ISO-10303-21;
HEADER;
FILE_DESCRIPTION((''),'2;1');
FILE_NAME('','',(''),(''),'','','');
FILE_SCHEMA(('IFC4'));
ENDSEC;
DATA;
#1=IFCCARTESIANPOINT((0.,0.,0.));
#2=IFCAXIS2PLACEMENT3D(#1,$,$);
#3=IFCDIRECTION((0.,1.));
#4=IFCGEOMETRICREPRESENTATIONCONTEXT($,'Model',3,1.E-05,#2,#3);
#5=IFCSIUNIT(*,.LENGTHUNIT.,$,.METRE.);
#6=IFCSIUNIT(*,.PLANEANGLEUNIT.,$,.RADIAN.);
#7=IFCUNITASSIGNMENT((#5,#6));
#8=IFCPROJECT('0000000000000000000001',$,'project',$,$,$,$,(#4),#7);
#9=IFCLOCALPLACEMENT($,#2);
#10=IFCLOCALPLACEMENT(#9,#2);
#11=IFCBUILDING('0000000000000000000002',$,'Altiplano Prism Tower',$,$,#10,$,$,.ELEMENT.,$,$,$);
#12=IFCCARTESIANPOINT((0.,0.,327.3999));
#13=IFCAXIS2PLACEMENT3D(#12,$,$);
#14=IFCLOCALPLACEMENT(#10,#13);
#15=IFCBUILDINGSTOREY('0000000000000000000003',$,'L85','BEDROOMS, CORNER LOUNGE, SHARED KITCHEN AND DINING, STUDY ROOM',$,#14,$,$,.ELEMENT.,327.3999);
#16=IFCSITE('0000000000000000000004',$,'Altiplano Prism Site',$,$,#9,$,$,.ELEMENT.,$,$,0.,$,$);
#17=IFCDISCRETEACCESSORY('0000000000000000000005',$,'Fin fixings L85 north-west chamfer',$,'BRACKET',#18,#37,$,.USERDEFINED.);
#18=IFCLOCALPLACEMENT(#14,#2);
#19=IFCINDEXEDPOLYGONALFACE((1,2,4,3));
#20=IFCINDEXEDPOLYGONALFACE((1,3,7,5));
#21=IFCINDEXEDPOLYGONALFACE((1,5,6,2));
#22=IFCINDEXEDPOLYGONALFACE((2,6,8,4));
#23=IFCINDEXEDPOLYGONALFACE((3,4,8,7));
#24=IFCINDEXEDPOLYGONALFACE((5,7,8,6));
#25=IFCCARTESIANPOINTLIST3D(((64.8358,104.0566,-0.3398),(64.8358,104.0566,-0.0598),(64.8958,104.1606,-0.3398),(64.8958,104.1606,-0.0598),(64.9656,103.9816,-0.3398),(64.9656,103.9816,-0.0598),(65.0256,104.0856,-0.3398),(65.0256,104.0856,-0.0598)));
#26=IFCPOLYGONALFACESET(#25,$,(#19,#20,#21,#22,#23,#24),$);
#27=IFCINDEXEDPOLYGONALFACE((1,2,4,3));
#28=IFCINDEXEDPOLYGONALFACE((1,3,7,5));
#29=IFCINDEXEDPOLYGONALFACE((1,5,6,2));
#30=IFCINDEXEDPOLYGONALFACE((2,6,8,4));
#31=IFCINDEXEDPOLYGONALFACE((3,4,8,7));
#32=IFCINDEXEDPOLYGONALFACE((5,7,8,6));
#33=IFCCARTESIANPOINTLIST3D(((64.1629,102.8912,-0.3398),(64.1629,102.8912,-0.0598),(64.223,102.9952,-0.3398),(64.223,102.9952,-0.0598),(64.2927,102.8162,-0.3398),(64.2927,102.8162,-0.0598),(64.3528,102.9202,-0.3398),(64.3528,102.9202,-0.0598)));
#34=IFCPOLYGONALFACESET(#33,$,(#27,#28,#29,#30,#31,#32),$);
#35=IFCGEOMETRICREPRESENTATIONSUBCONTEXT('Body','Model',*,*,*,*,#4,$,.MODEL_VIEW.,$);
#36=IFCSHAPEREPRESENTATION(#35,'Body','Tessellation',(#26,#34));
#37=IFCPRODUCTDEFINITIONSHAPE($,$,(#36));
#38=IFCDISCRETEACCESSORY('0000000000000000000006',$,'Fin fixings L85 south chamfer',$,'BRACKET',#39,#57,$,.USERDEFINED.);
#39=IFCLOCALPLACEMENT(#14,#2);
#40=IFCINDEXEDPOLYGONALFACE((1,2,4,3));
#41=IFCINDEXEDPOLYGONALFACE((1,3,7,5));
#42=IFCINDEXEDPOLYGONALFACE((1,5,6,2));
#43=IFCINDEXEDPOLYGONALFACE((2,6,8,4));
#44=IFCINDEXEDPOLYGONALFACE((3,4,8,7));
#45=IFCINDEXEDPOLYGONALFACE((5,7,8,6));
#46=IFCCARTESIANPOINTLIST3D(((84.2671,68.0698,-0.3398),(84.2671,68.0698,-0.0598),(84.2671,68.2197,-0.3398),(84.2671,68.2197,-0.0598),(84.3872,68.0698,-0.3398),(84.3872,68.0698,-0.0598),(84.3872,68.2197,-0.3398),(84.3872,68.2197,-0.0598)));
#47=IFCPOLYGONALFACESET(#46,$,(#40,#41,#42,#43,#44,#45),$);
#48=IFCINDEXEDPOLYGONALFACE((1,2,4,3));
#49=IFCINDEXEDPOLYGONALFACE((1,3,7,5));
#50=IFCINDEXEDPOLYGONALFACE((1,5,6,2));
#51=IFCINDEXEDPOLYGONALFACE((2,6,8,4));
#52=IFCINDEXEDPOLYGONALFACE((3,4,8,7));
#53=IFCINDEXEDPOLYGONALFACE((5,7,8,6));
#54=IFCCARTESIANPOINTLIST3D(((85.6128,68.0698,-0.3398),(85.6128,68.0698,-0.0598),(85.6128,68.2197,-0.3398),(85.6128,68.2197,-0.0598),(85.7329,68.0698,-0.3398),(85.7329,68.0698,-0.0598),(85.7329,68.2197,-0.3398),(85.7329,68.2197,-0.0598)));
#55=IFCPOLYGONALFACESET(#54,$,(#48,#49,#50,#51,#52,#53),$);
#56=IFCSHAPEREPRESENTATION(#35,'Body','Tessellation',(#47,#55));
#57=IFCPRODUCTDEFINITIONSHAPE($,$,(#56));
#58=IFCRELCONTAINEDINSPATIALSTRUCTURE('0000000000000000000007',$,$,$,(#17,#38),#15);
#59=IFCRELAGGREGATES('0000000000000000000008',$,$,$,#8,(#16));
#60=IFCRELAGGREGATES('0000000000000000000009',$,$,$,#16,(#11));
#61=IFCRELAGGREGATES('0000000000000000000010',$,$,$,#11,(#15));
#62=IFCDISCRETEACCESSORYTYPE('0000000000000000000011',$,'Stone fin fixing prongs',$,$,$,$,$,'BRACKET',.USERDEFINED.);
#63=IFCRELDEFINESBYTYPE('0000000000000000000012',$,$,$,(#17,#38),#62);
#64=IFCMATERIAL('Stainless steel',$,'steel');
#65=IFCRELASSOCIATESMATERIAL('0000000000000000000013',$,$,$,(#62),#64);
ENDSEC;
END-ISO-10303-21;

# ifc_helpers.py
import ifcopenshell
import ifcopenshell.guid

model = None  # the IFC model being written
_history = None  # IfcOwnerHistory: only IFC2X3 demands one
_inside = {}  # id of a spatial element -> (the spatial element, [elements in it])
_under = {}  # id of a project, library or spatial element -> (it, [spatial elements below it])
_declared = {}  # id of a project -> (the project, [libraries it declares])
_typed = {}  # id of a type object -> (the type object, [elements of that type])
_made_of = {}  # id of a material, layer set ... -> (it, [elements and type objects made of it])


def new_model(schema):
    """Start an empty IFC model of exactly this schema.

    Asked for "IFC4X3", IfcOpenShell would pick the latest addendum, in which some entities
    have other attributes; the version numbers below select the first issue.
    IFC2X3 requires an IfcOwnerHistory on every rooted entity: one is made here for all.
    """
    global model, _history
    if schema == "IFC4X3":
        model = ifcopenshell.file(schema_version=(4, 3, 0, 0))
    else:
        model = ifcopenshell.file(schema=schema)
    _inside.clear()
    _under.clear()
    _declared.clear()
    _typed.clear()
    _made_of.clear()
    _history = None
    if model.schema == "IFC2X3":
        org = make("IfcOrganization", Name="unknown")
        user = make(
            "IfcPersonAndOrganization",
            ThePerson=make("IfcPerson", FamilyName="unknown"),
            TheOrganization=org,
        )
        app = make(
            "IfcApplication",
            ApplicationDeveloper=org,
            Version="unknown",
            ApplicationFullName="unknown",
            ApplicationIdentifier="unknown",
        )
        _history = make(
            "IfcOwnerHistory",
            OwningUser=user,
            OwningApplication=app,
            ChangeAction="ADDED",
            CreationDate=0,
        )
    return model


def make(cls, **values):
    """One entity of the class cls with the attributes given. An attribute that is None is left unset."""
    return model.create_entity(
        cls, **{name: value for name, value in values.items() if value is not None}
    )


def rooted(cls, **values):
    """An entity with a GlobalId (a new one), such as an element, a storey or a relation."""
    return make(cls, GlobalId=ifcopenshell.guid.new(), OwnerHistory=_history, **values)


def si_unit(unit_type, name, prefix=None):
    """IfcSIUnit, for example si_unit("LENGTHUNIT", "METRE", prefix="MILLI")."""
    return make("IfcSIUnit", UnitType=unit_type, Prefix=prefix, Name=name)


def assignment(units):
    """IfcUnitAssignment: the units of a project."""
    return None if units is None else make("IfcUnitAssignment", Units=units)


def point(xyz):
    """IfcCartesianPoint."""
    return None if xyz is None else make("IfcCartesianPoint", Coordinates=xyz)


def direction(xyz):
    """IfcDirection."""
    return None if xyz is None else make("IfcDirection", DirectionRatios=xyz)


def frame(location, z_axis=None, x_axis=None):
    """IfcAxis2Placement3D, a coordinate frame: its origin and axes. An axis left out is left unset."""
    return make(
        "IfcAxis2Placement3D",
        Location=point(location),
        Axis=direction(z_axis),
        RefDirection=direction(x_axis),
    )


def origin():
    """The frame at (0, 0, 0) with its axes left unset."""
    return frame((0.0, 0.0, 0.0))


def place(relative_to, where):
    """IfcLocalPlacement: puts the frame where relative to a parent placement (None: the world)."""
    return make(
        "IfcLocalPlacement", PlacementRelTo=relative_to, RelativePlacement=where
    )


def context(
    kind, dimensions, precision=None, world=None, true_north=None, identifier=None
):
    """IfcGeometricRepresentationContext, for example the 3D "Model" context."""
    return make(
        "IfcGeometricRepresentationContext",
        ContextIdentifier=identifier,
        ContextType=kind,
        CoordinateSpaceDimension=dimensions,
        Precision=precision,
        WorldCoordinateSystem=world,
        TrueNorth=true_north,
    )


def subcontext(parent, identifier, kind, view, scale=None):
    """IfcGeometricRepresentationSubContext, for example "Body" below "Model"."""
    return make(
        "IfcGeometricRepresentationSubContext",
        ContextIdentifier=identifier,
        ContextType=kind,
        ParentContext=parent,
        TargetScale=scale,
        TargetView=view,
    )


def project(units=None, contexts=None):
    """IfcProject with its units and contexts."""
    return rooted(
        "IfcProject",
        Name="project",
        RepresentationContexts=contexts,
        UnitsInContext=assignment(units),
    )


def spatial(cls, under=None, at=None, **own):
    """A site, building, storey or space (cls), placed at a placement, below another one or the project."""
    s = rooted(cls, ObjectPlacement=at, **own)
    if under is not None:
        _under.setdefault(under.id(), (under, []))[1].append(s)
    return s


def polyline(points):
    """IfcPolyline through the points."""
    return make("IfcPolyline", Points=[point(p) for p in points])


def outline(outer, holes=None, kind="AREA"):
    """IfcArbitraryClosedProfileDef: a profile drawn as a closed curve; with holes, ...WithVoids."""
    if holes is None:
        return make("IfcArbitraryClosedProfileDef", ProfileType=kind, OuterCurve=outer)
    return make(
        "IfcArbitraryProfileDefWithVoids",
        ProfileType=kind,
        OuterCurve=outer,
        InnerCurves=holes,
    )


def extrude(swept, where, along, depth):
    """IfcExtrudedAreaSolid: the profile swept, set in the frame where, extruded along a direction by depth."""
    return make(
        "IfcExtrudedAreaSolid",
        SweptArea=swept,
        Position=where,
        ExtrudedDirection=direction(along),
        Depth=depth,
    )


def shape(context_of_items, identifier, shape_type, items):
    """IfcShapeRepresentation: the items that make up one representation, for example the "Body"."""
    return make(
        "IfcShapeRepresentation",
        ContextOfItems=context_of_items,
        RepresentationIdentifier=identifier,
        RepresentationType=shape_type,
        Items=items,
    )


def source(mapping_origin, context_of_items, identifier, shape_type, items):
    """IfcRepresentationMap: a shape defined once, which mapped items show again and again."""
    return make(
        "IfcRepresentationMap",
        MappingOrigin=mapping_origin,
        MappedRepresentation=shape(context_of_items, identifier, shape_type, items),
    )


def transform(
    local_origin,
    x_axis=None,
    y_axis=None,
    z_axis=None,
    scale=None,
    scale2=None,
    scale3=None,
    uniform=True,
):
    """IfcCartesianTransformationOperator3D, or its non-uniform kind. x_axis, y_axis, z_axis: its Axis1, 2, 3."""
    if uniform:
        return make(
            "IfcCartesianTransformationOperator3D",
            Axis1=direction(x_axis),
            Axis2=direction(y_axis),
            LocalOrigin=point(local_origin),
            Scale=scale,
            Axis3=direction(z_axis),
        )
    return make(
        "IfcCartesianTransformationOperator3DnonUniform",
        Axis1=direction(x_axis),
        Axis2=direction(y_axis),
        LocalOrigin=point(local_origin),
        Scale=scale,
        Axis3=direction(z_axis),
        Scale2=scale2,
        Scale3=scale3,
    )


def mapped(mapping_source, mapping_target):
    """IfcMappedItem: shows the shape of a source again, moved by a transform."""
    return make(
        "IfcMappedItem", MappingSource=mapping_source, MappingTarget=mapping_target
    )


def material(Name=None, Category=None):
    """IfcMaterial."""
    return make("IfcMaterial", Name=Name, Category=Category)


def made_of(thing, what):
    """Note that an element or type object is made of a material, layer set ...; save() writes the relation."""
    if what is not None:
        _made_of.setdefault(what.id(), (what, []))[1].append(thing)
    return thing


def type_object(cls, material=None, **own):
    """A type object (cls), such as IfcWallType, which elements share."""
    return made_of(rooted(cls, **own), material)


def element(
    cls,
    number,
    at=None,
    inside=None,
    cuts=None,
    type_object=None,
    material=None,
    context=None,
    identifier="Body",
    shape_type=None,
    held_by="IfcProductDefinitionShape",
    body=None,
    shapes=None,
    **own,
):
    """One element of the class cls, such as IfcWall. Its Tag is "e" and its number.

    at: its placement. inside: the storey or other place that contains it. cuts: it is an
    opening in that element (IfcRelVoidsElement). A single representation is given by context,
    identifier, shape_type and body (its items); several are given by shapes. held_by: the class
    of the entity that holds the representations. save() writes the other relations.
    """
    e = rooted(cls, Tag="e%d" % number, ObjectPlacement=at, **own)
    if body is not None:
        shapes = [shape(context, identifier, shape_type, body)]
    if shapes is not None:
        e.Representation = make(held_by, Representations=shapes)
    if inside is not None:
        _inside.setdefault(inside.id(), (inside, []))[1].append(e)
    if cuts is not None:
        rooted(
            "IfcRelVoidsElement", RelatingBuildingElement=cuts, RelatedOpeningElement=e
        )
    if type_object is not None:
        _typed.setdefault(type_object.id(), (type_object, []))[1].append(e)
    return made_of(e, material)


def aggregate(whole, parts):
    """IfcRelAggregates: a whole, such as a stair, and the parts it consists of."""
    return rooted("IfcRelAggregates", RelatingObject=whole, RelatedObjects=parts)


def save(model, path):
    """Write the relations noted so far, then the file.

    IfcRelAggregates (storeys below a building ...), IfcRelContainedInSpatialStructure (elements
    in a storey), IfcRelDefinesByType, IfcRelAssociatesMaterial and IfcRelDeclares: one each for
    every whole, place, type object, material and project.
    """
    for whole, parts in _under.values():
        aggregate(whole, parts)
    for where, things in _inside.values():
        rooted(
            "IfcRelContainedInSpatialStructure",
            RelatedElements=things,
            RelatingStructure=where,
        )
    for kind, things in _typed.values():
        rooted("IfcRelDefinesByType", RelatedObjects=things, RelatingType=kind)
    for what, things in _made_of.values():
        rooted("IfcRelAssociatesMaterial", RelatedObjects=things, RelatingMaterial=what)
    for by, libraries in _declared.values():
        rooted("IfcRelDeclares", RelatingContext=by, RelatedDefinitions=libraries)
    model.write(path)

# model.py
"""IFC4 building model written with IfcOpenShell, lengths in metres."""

from ifc_helpers import new_model, si_unit, direction, frame, origin, place, context, subcontext, project, spatial, polyline, outline, extrude, source, transform, mapped, material, type_object, element, save


model = new_model("IFC4")

# Units and contexts
model_context = context("Model", 3, precision=1e-05, world=origin(), true_north=direction((0.0, 1.0)))
body_context = subcontext(model_context, "Body", "Model", "MODEL_VIEW")
ifc_project = project(units=[si_unit("LENGTHUNIT", "METRE"), si_unit("PLANEANGLEUNIT", "RADIAN")], contexts=[model_context])

# Site, building, storey
site_placement = place(None, origin())
site = spatial("IfcSite", under=ifc_project, at=site_placement, Name="Altiplano Prism Site", CompositionType="ELEMENT", RefElevation=0.0)
building_placement = place(site_placement, origin())
building = spatial("IfcBuilding", under=site, at=building_placement, Name="Altiplano Prism Tower", CompositionType="ELEMENT")
storey_placement = place(building_placement, frame((0.0, 0.0, 327.3999)))
storey = spatial("IfcBuildingStorey", under=building, at=storey_placement, Name="L85", Description="BEDROOMS, CORNER LOUNGE, SHARED KITCHEN AND DINING, STUDY ROOM", CompositionType="ELEMENT", Elevation=327.3999)

# Discrete accessories
ifc_material_1 = material(Name="Stainless steel", Category="steel")
discrete_accessory_type = type_object("IfcDiscreteAccessoryType", Name="Stone fin fixing prongs", ElementType="BRACKET", PredefinedType="USERDEFINED", material=ifc_material_1)
shared_shape_1 = source(origin(), body_context, "Body", "SweptSolid", [
    extrude(outline(polyline([(-0.7329, 0.0601), (-0.6128, 0.0601), (-0.6128, 0.3401), (-0.7329, 0.3401), (-0.7329, 0.0601)])), frame((0.0, 0.0, 0.0), z_axis=(0.0, -1.0, 0.0), x_axis=(1.0, 0.0, 0.0)), (0.0, 0.0, 1.0), 0.1499),
    extrude(outline(polyline([(0.6128, 0.0601), (0.7329, 0.0601), (0.7329, 0.3401), (0.6128, 0.3401), (0.6128, 0.0601)])), frame((0.0, 0.0, 0.0), z_axis=(0.0, -1.0, 0.0), x_axis=(1.0, 0.0, 0.0)), (0.0, 0.0, 1.0), 0.1499),
])
discrete_accessory_1_placement = place(storey_placement, origin())
element("IfcDiscreteAccessory", 1, at=discrete_accessory_1_placement, inside=storey, type_object=discrete_accessory_type, Name="Fin fixings L85 north-west chamfer", ObjectType="BRACKET", PredefinedType="USERDEFINED", context=body_context, shape_type="MappedRepresentation", body=[
    mapped(shared_shape_1, transform((64.6592, 103.4509, -0.3999), x_axis=(-0.5, -0.866025, 0.0), y_axis=(0.866025, -0.5, 0.0), z_axis=(0.0, 0.0, 1.0))),
])
discrete_accessory_2_placement = place(storey_placement, origin())
element("IfcDiscreteAccessory", 2, at=discrete_accessory_2_placement, inside=storey, type_object=discrete_accessory_type, Name="Fin fixings L85 south chamfer", ObjectType="BRACKET", PredefinedType="USERDEFINED", context=body_context, shape_type="MappedRepresentation", body=[
    mapped(shared_shape_1, transform((85.0, 68.2197, -0.3999), x_axis=(1.0, 0.0, 0.0), y_axis=(0.0, 1.0, 0.0), z_axis=(0.0, 0.0, 1.0))),
])

save(model, "model.ifc")
